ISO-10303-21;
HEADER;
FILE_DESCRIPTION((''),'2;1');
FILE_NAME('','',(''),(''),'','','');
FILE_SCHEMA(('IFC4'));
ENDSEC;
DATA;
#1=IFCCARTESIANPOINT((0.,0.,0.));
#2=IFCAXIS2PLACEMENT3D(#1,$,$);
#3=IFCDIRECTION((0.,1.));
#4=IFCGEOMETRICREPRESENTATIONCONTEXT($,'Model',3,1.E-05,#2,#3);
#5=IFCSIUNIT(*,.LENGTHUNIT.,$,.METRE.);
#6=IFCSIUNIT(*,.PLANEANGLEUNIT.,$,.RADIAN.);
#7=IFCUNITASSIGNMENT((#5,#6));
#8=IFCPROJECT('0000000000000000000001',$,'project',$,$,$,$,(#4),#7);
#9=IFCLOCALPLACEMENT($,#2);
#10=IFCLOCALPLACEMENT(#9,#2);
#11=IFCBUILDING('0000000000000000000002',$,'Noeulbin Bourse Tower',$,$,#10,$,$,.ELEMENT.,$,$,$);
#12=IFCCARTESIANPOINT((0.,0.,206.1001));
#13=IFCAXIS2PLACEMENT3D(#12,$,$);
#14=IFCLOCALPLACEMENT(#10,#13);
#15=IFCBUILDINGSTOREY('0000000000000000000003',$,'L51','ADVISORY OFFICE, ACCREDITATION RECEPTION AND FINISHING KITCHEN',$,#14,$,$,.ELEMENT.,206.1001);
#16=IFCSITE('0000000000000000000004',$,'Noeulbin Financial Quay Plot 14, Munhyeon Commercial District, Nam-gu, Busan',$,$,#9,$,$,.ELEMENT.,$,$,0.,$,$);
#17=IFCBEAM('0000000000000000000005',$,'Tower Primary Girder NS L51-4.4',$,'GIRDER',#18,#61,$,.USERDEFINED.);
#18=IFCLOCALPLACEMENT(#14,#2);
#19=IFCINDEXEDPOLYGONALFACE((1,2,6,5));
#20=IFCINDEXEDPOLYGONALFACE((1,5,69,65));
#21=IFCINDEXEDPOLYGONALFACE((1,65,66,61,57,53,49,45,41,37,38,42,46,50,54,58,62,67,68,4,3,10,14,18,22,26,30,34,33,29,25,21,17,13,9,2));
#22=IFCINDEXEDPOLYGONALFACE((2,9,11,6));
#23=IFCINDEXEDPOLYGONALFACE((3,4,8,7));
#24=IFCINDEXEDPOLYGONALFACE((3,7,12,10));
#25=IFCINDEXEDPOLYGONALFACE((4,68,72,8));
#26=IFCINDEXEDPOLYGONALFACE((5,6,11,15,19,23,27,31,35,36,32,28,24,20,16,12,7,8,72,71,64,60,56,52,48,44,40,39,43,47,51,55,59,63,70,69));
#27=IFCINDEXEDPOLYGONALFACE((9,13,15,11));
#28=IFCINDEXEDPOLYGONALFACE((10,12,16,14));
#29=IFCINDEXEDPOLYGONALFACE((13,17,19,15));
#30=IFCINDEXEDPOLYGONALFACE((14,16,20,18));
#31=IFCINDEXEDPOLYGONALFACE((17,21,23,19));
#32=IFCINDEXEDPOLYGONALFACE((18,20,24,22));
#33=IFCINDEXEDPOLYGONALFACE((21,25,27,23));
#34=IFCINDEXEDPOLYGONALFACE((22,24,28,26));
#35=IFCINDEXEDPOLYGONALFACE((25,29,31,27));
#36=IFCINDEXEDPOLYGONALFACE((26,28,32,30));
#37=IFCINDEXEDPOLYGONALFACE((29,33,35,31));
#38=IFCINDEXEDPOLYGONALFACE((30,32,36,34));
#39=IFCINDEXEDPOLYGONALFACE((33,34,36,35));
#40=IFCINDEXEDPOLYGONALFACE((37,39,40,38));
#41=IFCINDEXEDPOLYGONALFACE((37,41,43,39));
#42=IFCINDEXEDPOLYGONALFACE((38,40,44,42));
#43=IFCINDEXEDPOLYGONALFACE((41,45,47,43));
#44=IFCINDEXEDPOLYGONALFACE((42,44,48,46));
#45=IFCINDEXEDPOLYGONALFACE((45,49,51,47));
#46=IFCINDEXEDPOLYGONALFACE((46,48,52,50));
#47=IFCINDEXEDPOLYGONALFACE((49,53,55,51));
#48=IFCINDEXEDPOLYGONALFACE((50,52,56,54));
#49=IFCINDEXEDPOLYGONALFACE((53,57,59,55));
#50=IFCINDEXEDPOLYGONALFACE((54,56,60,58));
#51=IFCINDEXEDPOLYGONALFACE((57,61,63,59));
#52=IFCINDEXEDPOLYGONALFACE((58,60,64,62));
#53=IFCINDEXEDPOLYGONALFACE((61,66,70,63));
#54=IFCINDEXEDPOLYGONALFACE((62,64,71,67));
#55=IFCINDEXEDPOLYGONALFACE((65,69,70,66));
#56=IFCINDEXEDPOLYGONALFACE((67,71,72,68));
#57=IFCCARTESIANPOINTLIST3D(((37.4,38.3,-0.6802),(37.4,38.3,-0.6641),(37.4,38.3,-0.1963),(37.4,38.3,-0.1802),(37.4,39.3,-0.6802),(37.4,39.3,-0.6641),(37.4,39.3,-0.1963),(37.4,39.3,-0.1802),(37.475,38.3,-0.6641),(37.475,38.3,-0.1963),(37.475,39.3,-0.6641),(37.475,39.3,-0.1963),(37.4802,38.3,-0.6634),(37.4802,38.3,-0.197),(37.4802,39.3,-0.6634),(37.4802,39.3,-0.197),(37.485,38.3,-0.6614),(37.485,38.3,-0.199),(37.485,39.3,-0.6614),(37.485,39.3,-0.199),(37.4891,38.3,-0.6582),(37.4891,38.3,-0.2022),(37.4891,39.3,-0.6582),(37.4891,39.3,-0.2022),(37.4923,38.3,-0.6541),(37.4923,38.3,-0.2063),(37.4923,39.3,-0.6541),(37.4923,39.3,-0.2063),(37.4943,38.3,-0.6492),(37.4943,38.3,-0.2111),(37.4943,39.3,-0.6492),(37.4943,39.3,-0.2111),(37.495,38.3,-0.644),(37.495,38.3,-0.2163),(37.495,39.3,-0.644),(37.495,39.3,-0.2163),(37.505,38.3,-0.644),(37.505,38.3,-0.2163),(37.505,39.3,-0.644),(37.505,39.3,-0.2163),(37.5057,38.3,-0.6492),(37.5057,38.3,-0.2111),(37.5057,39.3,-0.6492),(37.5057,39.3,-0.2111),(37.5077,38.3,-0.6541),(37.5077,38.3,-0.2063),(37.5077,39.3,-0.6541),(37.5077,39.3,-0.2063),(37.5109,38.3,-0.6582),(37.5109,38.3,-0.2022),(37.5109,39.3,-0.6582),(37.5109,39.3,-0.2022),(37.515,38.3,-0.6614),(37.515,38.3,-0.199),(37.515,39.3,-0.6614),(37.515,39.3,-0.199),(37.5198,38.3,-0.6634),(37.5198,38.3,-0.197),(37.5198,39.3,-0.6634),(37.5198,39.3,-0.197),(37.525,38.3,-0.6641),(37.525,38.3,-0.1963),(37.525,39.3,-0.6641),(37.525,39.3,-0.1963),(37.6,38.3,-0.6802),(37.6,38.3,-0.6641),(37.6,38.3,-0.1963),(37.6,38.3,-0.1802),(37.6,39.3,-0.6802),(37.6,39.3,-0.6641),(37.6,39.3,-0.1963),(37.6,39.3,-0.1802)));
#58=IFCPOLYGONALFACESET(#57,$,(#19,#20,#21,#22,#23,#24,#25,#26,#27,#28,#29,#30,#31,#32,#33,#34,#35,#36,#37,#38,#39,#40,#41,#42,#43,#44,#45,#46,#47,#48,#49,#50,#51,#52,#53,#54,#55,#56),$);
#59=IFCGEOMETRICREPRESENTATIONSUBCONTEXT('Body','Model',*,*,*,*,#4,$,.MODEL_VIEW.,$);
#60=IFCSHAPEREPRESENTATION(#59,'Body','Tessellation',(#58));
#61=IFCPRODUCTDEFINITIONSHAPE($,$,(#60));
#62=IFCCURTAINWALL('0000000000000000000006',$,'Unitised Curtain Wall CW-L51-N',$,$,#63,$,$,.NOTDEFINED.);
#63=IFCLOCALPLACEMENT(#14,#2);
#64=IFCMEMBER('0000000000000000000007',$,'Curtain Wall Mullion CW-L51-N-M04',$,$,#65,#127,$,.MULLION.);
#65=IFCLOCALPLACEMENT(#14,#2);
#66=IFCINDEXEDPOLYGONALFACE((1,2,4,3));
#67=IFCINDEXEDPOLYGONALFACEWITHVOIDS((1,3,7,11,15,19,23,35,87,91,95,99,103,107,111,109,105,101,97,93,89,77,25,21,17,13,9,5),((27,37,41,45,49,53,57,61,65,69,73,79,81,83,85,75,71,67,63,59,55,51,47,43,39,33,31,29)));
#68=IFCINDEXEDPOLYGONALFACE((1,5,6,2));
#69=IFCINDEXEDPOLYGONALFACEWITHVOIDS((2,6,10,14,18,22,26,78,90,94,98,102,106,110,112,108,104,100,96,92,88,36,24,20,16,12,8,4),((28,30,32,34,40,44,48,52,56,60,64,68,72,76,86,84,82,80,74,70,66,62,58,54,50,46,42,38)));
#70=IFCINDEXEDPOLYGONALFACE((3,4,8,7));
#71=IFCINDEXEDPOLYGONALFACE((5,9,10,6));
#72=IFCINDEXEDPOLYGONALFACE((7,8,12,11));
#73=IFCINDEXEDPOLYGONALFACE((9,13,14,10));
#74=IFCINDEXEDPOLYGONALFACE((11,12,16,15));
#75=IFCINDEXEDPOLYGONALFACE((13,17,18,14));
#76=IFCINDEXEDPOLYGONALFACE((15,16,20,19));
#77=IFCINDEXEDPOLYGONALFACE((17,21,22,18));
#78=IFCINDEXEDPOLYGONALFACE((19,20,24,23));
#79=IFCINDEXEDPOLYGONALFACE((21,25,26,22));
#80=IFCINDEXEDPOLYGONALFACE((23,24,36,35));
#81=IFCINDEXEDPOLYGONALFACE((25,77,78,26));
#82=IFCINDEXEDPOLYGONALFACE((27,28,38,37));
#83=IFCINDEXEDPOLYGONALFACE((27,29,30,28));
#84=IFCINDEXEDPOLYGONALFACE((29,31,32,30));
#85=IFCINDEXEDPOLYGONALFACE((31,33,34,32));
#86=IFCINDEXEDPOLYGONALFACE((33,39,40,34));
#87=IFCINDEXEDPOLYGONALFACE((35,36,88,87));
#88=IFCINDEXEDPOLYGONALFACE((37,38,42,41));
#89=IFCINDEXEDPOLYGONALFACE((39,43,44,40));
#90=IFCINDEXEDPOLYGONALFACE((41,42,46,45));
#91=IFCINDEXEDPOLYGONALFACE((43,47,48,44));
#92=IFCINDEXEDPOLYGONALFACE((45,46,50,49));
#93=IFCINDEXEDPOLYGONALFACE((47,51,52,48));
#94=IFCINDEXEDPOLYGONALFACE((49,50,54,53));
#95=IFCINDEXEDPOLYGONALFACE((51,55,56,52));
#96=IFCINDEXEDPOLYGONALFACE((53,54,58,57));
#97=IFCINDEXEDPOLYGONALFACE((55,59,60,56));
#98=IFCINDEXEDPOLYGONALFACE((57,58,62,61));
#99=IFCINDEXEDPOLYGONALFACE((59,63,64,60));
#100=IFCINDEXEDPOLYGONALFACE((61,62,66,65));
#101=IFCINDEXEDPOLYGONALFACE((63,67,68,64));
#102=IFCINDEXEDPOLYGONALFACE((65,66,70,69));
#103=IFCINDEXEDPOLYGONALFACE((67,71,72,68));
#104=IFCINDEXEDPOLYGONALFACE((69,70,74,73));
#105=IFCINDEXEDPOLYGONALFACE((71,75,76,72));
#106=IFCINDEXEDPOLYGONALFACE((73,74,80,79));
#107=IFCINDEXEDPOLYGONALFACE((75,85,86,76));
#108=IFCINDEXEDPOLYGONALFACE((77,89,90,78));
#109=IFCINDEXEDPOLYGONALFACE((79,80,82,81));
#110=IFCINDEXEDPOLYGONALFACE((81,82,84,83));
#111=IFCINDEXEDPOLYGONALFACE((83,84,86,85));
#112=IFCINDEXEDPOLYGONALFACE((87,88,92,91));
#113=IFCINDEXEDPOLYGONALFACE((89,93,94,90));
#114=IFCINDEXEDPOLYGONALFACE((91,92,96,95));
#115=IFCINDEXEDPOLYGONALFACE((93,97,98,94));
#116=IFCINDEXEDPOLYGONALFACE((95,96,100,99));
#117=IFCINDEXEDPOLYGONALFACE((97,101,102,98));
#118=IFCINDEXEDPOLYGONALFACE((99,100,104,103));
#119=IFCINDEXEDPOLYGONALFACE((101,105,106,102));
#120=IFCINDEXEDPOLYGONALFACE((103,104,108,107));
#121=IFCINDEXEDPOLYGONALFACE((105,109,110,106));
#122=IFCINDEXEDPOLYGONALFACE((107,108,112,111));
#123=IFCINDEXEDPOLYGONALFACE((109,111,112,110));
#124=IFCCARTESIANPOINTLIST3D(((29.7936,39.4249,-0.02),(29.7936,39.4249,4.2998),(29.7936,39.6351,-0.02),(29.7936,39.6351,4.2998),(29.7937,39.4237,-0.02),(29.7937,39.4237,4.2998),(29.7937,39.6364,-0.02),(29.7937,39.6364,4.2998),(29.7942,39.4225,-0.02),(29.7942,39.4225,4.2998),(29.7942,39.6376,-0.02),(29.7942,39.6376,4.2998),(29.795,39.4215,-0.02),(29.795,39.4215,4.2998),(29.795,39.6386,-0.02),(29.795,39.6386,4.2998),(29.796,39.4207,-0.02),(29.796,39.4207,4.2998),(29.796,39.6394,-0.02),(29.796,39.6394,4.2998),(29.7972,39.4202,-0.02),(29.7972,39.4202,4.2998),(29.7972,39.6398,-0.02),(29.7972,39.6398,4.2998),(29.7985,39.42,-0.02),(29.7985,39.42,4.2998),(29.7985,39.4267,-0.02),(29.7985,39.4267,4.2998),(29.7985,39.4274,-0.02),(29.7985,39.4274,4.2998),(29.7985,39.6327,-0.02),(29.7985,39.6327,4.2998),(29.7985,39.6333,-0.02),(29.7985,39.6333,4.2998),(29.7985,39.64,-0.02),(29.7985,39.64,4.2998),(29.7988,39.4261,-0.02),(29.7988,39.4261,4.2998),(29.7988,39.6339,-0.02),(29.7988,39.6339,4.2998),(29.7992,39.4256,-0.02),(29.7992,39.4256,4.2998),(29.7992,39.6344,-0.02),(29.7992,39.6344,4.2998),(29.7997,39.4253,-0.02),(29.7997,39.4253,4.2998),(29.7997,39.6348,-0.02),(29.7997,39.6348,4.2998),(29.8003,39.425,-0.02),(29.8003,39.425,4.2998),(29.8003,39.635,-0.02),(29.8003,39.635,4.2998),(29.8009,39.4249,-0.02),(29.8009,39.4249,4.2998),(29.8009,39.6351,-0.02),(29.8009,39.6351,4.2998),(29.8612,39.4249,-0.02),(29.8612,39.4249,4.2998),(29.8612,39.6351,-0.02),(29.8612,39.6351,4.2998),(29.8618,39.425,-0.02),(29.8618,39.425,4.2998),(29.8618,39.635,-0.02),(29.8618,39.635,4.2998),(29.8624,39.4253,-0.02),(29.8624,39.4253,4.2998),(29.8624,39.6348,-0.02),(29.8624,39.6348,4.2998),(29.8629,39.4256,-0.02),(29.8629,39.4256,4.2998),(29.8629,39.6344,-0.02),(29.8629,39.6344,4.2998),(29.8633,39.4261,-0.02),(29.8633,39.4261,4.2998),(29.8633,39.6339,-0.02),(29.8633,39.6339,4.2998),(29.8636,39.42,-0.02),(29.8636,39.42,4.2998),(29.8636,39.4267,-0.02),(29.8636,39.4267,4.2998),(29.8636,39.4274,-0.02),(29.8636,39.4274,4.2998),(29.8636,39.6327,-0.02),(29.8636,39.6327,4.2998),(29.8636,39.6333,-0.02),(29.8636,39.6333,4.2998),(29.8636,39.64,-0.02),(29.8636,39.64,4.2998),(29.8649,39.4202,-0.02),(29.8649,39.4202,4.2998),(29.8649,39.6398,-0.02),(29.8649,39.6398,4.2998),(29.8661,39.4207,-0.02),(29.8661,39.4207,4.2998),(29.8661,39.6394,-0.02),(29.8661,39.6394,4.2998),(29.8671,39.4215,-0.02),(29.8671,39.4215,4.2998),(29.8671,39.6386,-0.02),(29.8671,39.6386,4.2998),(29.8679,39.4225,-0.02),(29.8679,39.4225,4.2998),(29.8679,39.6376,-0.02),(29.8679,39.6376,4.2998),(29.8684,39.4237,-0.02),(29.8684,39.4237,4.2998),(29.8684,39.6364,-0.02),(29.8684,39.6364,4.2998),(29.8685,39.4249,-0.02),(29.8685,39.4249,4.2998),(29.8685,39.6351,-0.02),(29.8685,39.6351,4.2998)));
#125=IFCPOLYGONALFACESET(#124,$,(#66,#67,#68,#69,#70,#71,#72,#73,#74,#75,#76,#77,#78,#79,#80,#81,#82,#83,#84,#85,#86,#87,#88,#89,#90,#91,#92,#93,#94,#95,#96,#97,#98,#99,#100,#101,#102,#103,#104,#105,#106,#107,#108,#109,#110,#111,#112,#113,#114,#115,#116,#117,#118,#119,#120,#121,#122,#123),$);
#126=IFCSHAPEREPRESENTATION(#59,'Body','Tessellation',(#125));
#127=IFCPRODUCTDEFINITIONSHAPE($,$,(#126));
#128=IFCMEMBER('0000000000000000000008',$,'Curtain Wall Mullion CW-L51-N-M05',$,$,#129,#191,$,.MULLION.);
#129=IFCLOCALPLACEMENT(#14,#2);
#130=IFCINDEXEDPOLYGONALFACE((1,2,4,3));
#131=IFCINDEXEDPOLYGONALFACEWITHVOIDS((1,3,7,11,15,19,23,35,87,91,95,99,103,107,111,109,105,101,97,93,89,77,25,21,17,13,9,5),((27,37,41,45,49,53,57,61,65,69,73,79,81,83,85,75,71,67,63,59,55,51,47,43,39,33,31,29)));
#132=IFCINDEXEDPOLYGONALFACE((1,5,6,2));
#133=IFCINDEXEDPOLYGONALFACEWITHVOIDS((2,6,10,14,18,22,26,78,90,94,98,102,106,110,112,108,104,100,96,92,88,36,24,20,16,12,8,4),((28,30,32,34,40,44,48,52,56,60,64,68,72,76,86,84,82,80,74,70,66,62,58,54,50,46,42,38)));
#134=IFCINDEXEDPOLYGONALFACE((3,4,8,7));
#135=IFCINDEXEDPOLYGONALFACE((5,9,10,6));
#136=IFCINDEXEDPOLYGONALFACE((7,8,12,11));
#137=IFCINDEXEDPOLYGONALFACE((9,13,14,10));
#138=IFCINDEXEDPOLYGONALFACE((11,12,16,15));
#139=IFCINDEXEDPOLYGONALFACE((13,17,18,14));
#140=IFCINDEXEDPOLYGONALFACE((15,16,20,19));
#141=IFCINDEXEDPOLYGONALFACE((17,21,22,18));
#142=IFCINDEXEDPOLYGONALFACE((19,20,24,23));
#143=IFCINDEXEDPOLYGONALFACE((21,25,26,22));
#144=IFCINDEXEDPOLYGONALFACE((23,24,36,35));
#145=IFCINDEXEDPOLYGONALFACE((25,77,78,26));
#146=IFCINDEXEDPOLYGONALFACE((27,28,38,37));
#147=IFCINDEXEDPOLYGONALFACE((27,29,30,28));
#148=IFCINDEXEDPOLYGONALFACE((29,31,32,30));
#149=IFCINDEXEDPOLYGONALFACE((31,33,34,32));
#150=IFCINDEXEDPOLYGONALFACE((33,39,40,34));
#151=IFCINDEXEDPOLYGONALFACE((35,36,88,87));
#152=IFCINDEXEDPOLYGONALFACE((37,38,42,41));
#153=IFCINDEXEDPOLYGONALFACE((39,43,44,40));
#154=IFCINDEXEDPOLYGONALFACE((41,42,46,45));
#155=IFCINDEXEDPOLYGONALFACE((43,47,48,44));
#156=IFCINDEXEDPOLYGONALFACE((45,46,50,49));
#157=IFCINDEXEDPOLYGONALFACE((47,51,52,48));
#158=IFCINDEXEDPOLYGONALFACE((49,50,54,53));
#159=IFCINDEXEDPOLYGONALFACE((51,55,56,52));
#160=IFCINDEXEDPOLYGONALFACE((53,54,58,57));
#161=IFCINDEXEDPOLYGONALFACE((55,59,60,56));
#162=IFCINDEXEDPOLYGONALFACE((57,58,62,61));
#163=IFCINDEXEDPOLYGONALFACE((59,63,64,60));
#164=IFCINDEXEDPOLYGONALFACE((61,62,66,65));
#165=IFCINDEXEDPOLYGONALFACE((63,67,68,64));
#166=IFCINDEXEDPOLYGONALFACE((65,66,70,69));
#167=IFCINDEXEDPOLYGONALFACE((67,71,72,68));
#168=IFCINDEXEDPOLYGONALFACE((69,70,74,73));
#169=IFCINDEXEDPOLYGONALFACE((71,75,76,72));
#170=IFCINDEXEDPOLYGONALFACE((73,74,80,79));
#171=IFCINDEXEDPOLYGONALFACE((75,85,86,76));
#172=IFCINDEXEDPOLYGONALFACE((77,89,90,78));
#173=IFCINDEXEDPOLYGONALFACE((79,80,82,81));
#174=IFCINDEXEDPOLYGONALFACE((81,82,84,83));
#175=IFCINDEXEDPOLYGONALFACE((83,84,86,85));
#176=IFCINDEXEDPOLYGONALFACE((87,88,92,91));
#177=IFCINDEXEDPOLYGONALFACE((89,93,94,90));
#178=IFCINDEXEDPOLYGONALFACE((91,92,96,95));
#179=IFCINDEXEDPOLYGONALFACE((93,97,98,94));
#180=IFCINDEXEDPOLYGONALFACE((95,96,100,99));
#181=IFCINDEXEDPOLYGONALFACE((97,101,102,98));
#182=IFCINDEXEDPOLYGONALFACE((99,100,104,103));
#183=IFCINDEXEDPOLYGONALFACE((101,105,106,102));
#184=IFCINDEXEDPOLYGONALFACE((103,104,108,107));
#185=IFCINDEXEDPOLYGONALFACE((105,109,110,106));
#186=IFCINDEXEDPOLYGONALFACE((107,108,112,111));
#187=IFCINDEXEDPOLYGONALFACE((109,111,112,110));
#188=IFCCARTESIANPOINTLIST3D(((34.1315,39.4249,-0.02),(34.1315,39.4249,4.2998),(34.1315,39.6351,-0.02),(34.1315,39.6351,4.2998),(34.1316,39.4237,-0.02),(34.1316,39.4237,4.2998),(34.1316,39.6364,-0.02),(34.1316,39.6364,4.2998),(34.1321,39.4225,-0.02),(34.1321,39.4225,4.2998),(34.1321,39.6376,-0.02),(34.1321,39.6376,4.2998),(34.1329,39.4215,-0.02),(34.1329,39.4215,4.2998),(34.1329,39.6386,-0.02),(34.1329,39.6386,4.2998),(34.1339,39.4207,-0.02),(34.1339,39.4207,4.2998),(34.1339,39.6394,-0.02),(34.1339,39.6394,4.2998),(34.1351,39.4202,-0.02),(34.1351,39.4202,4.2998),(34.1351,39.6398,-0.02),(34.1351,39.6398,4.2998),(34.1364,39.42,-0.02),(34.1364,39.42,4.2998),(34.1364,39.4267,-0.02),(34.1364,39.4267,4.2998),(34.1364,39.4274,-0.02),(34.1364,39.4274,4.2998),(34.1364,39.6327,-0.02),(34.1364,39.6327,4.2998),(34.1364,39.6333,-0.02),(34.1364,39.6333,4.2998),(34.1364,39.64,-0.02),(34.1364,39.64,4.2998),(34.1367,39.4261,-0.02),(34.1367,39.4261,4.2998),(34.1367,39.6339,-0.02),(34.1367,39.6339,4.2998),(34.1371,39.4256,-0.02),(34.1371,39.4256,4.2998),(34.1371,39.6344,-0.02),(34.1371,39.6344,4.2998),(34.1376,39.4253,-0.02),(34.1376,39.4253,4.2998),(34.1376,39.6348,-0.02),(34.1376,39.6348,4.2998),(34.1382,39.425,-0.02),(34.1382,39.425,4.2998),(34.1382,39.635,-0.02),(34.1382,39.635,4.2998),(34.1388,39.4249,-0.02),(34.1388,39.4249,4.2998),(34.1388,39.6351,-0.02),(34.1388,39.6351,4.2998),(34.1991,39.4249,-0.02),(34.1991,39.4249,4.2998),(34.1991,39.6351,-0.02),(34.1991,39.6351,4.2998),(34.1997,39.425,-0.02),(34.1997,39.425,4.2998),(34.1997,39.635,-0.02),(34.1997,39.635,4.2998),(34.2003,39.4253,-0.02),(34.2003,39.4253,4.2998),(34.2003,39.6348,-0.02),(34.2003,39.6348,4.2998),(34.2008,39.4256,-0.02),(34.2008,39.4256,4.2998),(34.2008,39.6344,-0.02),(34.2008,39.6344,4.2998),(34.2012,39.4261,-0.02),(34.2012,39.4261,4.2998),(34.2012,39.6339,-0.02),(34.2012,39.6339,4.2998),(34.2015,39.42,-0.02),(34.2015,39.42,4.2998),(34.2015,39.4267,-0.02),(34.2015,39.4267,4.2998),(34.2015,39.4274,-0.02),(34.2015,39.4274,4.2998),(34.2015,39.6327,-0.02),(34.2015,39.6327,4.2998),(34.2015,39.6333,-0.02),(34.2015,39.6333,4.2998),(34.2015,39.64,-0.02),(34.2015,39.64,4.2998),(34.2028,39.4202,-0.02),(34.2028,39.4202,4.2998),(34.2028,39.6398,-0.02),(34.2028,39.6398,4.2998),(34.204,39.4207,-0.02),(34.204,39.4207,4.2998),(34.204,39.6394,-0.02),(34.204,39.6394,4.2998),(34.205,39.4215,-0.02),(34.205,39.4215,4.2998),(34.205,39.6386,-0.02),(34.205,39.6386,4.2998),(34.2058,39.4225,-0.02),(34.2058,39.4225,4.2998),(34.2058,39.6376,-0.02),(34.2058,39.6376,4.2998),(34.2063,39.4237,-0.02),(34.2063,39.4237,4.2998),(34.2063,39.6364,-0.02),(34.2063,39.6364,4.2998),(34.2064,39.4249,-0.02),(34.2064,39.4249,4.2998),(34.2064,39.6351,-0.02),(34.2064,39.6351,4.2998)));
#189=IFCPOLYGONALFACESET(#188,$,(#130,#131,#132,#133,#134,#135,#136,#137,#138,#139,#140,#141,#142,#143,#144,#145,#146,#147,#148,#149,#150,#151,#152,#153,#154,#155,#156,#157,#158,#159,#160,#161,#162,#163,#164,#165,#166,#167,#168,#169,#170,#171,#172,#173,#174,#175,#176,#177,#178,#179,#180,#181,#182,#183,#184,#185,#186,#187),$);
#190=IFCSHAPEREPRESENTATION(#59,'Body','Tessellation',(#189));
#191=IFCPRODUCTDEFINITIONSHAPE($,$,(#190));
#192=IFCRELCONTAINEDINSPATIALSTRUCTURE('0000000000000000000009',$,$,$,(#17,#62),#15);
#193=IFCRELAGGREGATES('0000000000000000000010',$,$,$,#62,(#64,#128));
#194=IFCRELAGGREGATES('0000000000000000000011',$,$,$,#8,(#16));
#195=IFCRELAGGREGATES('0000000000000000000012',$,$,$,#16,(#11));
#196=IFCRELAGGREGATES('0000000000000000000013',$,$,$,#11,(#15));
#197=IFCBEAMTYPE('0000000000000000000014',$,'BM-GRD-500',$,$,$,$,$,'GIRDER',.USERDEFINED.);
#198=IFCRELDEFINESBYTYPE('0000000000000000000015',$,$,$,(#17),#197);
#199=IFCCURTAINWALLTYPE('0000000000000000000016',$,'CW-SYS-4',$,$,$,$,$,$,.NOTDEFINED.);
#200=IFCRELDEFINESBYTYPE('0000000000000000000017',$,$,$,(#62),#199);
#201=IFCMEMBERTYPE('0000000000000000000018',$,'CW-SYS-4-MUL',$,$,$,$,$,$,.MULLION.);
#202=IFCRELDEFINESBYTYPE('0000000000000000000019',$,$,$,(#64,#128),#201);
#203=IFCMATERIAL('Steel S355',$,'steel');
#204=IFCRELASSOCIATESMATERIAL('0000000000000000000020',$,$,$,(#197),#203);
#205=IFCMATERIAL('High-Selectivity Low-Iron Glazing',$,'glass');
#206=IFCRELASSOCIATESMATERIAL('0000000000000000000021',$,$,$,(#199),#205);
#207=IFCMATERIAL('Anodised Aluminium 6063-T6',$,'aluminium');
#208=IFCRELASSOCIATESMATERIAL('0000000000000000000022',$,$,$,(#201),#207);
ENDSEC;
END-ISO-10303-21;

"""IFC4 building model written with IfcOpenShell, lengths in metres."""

from ifc_helpers import new_model, si_unit, direction, frame, origin, origin_2d, place, context, subcontext, project, spatial, hollow_rectangle, i_section, extrude, material, material_profile, profile_set, type_object, element, aggregate, save


model = new_model("IFC4")

# Units and contexts
model_context = context("Model", 3, precision=1e-05, world=origin(), true_north=direction((0.0, 1.0)))
body_context = subcontext(model_context, "Body", "Model", "MODEL_VIEW")
ifc_project = project(units=[si_unit("LENGTHUNIT", "METRE"), si_unit("PLANEANGLEUNIT", "RADIAN")], contexts=[model_context])

# Site, building, storey
site_placement = place(None, origin())
site = spatial("IfcSite", under=ifc_project, at=site_placement, Name="Noeulbin Financial Quay Plot 14, Munhyeon Commercial District, Nam-gu, Busan", CompositionType="ELEMENT", RefElevation=0.0)
building_placement = place(site_placement, origin())
building = spatial("IfcBuilding", under=site, at=building_placement, Name="Noeulbin Bourse Tower", CompositionType="ELEMENT")
storey_placement = place(building_placement, frame((0.0, 0.0, 206.1001)))
storey = spatial("IfcBuildingStorey", under=building, at=storey_placement, Name="L51", Description="ADVISORY OFFICE, ACCREDITATION RECEPTION AND FINISHING KITCHEN", CompositionType="ELEMENT", Elevation=206.1001)

# Shared definitions
ifc_material_1 = material(Name="Steel S355", Category="steel")

# Beam
ifc_material_profile_1 = material_profile(ifc_material_1, i_section(OverallWidth=0.2, OverallDepth=0.5, WebThickness=0.01, FlangeThickness=0.0161, FilletRadius=0.02, at=origin_2d()), Name="H-500x200x10x16", Category="LoadBearing")
ifc_profile_set_1 = profile_set([ifc_material_profile_1], Name="Steel S355")
beam_type = type_object("IfcBeamType", Name="BM-GRD-500", ElementType="GIRDER", PredefinedType="USERDEFINED", material=ifc_profile_set_1)
for number, where, z_axis, x_axis, name in (
    (1, (37.5, 38.3, -0.4302), (0.0, 1.0, 0.0), (-1.0, 0.0, 0.0), "Tower Primary Girder NS L51-4.4"),
):
    element("IfcBeam", number, at=place(storey_placement, frame(where, z_axis=z_axis, x_axis=x_axis)), inside=storey, type_object=beam_type, Name=name, ObjectType="GIRDER", PredefinedType="USERDEFINED", context=body_context, shape_type="SweptSolid", body=[
        extrude(i_section(OverallWidth=0.2, OverallDepth=0.5, WebThickness=0.01, FlangeThickness=0.0161, FilletRadius=0.02, at=origin_2d()), origin(), (0.0, 0.0, 1.0), 1.0),
    ])

# Curtain wall, members
ifc_material_2 = material(Name="High-Selectivity Low-Iron Glazing", Category="glass")
curtain_wall_type = type_object("IfcCurtainWallType", Name="CW-SYS-4", PredefinedType="NOTDEFINED", material=ifc_material_2)
curtain_wall_placement = place(storey_placement, origin())
curtain_wall = element("IfcCurtainWall", 2, at=curtain_wall_placement, inside=storey, type_object=curtain_wall_type, Name="Unitised Curtain Wall CW-L51-N", PredefinedType="NOTDEFINED")
ifc_material_3 = material(Name="Anodised Aluminium 6063-T6", Category="aluminium")
ifc_material_profile_2 = material_profile(ifc_material_3, hollow_rectangle(XDim=0.075, YDim=0.22, WallThickness=0.0049, InnerFilletRadius=0.0024, OuterFilletRadius=0.0049, at=origin_2d()), Name="ALU-MULL-75x220x5", Category="LoadBearing")
ifc_profile_set_2 = profile_set([ifc_material_profile_2], Name="Anodised Aluminium 6063-T6")
member_type = type_object("IfcMemberType", Name="CW-SYS-4-MUL", PredefinedType="MULLION", material=ifc_profile_set_2)
member_1_placement = place(storey_placement, frame((29.8311, 39.53, -0.02), z_axis=(0.0, 0.0, 1.0), x_axis=(1.0, 0.0, 0.0)))
member_1 = element("IfcMember", 3, at=member_1_placement, type_object=member_type, Name="Curtain Wall Mullion CW-L51-N-M04", PredefinedType="MULLION", context=body_context, shape_type="SweptSolid", body=[
    extrude(hollow_rectangle(XDim=0.075, YDim=0.22, WallThickness=0.0049, InnerFilletRadius=0.0024, OuterFilletRadius=0.0049, at=origin_2d()), origin(), (0.0, 0.0, 1.0), 4.3198),
])
member_2_placement = place(storey_placement, frame((34.1689, 39.53, -0.02), z_axis=(0.0, 0.0, 1.0), x_axis=(1.0, 0.0, 0.0)))
member_2 = element("IfcMember", 4, at=member_2_placement, type_object=member_type, Name="Curtain Wall Mullion CW-L51-N-M05", PredefinedType="MULLION", context=body_context, shape_type="SweptSolid", body=[
    extrude(hollow_rectangle(XDim=0.075, YDim=0.22, WallThickness=0.0049, InnerFilletRadius=0.0024, OuterFilletRadius=0.0049, at=origin_2d()), origin(), (0.0, 0.0, 1.0), 4.3198),
])
aggregate(curtain_wall, [member_1, member_2])

save(model, "model.ifc")
